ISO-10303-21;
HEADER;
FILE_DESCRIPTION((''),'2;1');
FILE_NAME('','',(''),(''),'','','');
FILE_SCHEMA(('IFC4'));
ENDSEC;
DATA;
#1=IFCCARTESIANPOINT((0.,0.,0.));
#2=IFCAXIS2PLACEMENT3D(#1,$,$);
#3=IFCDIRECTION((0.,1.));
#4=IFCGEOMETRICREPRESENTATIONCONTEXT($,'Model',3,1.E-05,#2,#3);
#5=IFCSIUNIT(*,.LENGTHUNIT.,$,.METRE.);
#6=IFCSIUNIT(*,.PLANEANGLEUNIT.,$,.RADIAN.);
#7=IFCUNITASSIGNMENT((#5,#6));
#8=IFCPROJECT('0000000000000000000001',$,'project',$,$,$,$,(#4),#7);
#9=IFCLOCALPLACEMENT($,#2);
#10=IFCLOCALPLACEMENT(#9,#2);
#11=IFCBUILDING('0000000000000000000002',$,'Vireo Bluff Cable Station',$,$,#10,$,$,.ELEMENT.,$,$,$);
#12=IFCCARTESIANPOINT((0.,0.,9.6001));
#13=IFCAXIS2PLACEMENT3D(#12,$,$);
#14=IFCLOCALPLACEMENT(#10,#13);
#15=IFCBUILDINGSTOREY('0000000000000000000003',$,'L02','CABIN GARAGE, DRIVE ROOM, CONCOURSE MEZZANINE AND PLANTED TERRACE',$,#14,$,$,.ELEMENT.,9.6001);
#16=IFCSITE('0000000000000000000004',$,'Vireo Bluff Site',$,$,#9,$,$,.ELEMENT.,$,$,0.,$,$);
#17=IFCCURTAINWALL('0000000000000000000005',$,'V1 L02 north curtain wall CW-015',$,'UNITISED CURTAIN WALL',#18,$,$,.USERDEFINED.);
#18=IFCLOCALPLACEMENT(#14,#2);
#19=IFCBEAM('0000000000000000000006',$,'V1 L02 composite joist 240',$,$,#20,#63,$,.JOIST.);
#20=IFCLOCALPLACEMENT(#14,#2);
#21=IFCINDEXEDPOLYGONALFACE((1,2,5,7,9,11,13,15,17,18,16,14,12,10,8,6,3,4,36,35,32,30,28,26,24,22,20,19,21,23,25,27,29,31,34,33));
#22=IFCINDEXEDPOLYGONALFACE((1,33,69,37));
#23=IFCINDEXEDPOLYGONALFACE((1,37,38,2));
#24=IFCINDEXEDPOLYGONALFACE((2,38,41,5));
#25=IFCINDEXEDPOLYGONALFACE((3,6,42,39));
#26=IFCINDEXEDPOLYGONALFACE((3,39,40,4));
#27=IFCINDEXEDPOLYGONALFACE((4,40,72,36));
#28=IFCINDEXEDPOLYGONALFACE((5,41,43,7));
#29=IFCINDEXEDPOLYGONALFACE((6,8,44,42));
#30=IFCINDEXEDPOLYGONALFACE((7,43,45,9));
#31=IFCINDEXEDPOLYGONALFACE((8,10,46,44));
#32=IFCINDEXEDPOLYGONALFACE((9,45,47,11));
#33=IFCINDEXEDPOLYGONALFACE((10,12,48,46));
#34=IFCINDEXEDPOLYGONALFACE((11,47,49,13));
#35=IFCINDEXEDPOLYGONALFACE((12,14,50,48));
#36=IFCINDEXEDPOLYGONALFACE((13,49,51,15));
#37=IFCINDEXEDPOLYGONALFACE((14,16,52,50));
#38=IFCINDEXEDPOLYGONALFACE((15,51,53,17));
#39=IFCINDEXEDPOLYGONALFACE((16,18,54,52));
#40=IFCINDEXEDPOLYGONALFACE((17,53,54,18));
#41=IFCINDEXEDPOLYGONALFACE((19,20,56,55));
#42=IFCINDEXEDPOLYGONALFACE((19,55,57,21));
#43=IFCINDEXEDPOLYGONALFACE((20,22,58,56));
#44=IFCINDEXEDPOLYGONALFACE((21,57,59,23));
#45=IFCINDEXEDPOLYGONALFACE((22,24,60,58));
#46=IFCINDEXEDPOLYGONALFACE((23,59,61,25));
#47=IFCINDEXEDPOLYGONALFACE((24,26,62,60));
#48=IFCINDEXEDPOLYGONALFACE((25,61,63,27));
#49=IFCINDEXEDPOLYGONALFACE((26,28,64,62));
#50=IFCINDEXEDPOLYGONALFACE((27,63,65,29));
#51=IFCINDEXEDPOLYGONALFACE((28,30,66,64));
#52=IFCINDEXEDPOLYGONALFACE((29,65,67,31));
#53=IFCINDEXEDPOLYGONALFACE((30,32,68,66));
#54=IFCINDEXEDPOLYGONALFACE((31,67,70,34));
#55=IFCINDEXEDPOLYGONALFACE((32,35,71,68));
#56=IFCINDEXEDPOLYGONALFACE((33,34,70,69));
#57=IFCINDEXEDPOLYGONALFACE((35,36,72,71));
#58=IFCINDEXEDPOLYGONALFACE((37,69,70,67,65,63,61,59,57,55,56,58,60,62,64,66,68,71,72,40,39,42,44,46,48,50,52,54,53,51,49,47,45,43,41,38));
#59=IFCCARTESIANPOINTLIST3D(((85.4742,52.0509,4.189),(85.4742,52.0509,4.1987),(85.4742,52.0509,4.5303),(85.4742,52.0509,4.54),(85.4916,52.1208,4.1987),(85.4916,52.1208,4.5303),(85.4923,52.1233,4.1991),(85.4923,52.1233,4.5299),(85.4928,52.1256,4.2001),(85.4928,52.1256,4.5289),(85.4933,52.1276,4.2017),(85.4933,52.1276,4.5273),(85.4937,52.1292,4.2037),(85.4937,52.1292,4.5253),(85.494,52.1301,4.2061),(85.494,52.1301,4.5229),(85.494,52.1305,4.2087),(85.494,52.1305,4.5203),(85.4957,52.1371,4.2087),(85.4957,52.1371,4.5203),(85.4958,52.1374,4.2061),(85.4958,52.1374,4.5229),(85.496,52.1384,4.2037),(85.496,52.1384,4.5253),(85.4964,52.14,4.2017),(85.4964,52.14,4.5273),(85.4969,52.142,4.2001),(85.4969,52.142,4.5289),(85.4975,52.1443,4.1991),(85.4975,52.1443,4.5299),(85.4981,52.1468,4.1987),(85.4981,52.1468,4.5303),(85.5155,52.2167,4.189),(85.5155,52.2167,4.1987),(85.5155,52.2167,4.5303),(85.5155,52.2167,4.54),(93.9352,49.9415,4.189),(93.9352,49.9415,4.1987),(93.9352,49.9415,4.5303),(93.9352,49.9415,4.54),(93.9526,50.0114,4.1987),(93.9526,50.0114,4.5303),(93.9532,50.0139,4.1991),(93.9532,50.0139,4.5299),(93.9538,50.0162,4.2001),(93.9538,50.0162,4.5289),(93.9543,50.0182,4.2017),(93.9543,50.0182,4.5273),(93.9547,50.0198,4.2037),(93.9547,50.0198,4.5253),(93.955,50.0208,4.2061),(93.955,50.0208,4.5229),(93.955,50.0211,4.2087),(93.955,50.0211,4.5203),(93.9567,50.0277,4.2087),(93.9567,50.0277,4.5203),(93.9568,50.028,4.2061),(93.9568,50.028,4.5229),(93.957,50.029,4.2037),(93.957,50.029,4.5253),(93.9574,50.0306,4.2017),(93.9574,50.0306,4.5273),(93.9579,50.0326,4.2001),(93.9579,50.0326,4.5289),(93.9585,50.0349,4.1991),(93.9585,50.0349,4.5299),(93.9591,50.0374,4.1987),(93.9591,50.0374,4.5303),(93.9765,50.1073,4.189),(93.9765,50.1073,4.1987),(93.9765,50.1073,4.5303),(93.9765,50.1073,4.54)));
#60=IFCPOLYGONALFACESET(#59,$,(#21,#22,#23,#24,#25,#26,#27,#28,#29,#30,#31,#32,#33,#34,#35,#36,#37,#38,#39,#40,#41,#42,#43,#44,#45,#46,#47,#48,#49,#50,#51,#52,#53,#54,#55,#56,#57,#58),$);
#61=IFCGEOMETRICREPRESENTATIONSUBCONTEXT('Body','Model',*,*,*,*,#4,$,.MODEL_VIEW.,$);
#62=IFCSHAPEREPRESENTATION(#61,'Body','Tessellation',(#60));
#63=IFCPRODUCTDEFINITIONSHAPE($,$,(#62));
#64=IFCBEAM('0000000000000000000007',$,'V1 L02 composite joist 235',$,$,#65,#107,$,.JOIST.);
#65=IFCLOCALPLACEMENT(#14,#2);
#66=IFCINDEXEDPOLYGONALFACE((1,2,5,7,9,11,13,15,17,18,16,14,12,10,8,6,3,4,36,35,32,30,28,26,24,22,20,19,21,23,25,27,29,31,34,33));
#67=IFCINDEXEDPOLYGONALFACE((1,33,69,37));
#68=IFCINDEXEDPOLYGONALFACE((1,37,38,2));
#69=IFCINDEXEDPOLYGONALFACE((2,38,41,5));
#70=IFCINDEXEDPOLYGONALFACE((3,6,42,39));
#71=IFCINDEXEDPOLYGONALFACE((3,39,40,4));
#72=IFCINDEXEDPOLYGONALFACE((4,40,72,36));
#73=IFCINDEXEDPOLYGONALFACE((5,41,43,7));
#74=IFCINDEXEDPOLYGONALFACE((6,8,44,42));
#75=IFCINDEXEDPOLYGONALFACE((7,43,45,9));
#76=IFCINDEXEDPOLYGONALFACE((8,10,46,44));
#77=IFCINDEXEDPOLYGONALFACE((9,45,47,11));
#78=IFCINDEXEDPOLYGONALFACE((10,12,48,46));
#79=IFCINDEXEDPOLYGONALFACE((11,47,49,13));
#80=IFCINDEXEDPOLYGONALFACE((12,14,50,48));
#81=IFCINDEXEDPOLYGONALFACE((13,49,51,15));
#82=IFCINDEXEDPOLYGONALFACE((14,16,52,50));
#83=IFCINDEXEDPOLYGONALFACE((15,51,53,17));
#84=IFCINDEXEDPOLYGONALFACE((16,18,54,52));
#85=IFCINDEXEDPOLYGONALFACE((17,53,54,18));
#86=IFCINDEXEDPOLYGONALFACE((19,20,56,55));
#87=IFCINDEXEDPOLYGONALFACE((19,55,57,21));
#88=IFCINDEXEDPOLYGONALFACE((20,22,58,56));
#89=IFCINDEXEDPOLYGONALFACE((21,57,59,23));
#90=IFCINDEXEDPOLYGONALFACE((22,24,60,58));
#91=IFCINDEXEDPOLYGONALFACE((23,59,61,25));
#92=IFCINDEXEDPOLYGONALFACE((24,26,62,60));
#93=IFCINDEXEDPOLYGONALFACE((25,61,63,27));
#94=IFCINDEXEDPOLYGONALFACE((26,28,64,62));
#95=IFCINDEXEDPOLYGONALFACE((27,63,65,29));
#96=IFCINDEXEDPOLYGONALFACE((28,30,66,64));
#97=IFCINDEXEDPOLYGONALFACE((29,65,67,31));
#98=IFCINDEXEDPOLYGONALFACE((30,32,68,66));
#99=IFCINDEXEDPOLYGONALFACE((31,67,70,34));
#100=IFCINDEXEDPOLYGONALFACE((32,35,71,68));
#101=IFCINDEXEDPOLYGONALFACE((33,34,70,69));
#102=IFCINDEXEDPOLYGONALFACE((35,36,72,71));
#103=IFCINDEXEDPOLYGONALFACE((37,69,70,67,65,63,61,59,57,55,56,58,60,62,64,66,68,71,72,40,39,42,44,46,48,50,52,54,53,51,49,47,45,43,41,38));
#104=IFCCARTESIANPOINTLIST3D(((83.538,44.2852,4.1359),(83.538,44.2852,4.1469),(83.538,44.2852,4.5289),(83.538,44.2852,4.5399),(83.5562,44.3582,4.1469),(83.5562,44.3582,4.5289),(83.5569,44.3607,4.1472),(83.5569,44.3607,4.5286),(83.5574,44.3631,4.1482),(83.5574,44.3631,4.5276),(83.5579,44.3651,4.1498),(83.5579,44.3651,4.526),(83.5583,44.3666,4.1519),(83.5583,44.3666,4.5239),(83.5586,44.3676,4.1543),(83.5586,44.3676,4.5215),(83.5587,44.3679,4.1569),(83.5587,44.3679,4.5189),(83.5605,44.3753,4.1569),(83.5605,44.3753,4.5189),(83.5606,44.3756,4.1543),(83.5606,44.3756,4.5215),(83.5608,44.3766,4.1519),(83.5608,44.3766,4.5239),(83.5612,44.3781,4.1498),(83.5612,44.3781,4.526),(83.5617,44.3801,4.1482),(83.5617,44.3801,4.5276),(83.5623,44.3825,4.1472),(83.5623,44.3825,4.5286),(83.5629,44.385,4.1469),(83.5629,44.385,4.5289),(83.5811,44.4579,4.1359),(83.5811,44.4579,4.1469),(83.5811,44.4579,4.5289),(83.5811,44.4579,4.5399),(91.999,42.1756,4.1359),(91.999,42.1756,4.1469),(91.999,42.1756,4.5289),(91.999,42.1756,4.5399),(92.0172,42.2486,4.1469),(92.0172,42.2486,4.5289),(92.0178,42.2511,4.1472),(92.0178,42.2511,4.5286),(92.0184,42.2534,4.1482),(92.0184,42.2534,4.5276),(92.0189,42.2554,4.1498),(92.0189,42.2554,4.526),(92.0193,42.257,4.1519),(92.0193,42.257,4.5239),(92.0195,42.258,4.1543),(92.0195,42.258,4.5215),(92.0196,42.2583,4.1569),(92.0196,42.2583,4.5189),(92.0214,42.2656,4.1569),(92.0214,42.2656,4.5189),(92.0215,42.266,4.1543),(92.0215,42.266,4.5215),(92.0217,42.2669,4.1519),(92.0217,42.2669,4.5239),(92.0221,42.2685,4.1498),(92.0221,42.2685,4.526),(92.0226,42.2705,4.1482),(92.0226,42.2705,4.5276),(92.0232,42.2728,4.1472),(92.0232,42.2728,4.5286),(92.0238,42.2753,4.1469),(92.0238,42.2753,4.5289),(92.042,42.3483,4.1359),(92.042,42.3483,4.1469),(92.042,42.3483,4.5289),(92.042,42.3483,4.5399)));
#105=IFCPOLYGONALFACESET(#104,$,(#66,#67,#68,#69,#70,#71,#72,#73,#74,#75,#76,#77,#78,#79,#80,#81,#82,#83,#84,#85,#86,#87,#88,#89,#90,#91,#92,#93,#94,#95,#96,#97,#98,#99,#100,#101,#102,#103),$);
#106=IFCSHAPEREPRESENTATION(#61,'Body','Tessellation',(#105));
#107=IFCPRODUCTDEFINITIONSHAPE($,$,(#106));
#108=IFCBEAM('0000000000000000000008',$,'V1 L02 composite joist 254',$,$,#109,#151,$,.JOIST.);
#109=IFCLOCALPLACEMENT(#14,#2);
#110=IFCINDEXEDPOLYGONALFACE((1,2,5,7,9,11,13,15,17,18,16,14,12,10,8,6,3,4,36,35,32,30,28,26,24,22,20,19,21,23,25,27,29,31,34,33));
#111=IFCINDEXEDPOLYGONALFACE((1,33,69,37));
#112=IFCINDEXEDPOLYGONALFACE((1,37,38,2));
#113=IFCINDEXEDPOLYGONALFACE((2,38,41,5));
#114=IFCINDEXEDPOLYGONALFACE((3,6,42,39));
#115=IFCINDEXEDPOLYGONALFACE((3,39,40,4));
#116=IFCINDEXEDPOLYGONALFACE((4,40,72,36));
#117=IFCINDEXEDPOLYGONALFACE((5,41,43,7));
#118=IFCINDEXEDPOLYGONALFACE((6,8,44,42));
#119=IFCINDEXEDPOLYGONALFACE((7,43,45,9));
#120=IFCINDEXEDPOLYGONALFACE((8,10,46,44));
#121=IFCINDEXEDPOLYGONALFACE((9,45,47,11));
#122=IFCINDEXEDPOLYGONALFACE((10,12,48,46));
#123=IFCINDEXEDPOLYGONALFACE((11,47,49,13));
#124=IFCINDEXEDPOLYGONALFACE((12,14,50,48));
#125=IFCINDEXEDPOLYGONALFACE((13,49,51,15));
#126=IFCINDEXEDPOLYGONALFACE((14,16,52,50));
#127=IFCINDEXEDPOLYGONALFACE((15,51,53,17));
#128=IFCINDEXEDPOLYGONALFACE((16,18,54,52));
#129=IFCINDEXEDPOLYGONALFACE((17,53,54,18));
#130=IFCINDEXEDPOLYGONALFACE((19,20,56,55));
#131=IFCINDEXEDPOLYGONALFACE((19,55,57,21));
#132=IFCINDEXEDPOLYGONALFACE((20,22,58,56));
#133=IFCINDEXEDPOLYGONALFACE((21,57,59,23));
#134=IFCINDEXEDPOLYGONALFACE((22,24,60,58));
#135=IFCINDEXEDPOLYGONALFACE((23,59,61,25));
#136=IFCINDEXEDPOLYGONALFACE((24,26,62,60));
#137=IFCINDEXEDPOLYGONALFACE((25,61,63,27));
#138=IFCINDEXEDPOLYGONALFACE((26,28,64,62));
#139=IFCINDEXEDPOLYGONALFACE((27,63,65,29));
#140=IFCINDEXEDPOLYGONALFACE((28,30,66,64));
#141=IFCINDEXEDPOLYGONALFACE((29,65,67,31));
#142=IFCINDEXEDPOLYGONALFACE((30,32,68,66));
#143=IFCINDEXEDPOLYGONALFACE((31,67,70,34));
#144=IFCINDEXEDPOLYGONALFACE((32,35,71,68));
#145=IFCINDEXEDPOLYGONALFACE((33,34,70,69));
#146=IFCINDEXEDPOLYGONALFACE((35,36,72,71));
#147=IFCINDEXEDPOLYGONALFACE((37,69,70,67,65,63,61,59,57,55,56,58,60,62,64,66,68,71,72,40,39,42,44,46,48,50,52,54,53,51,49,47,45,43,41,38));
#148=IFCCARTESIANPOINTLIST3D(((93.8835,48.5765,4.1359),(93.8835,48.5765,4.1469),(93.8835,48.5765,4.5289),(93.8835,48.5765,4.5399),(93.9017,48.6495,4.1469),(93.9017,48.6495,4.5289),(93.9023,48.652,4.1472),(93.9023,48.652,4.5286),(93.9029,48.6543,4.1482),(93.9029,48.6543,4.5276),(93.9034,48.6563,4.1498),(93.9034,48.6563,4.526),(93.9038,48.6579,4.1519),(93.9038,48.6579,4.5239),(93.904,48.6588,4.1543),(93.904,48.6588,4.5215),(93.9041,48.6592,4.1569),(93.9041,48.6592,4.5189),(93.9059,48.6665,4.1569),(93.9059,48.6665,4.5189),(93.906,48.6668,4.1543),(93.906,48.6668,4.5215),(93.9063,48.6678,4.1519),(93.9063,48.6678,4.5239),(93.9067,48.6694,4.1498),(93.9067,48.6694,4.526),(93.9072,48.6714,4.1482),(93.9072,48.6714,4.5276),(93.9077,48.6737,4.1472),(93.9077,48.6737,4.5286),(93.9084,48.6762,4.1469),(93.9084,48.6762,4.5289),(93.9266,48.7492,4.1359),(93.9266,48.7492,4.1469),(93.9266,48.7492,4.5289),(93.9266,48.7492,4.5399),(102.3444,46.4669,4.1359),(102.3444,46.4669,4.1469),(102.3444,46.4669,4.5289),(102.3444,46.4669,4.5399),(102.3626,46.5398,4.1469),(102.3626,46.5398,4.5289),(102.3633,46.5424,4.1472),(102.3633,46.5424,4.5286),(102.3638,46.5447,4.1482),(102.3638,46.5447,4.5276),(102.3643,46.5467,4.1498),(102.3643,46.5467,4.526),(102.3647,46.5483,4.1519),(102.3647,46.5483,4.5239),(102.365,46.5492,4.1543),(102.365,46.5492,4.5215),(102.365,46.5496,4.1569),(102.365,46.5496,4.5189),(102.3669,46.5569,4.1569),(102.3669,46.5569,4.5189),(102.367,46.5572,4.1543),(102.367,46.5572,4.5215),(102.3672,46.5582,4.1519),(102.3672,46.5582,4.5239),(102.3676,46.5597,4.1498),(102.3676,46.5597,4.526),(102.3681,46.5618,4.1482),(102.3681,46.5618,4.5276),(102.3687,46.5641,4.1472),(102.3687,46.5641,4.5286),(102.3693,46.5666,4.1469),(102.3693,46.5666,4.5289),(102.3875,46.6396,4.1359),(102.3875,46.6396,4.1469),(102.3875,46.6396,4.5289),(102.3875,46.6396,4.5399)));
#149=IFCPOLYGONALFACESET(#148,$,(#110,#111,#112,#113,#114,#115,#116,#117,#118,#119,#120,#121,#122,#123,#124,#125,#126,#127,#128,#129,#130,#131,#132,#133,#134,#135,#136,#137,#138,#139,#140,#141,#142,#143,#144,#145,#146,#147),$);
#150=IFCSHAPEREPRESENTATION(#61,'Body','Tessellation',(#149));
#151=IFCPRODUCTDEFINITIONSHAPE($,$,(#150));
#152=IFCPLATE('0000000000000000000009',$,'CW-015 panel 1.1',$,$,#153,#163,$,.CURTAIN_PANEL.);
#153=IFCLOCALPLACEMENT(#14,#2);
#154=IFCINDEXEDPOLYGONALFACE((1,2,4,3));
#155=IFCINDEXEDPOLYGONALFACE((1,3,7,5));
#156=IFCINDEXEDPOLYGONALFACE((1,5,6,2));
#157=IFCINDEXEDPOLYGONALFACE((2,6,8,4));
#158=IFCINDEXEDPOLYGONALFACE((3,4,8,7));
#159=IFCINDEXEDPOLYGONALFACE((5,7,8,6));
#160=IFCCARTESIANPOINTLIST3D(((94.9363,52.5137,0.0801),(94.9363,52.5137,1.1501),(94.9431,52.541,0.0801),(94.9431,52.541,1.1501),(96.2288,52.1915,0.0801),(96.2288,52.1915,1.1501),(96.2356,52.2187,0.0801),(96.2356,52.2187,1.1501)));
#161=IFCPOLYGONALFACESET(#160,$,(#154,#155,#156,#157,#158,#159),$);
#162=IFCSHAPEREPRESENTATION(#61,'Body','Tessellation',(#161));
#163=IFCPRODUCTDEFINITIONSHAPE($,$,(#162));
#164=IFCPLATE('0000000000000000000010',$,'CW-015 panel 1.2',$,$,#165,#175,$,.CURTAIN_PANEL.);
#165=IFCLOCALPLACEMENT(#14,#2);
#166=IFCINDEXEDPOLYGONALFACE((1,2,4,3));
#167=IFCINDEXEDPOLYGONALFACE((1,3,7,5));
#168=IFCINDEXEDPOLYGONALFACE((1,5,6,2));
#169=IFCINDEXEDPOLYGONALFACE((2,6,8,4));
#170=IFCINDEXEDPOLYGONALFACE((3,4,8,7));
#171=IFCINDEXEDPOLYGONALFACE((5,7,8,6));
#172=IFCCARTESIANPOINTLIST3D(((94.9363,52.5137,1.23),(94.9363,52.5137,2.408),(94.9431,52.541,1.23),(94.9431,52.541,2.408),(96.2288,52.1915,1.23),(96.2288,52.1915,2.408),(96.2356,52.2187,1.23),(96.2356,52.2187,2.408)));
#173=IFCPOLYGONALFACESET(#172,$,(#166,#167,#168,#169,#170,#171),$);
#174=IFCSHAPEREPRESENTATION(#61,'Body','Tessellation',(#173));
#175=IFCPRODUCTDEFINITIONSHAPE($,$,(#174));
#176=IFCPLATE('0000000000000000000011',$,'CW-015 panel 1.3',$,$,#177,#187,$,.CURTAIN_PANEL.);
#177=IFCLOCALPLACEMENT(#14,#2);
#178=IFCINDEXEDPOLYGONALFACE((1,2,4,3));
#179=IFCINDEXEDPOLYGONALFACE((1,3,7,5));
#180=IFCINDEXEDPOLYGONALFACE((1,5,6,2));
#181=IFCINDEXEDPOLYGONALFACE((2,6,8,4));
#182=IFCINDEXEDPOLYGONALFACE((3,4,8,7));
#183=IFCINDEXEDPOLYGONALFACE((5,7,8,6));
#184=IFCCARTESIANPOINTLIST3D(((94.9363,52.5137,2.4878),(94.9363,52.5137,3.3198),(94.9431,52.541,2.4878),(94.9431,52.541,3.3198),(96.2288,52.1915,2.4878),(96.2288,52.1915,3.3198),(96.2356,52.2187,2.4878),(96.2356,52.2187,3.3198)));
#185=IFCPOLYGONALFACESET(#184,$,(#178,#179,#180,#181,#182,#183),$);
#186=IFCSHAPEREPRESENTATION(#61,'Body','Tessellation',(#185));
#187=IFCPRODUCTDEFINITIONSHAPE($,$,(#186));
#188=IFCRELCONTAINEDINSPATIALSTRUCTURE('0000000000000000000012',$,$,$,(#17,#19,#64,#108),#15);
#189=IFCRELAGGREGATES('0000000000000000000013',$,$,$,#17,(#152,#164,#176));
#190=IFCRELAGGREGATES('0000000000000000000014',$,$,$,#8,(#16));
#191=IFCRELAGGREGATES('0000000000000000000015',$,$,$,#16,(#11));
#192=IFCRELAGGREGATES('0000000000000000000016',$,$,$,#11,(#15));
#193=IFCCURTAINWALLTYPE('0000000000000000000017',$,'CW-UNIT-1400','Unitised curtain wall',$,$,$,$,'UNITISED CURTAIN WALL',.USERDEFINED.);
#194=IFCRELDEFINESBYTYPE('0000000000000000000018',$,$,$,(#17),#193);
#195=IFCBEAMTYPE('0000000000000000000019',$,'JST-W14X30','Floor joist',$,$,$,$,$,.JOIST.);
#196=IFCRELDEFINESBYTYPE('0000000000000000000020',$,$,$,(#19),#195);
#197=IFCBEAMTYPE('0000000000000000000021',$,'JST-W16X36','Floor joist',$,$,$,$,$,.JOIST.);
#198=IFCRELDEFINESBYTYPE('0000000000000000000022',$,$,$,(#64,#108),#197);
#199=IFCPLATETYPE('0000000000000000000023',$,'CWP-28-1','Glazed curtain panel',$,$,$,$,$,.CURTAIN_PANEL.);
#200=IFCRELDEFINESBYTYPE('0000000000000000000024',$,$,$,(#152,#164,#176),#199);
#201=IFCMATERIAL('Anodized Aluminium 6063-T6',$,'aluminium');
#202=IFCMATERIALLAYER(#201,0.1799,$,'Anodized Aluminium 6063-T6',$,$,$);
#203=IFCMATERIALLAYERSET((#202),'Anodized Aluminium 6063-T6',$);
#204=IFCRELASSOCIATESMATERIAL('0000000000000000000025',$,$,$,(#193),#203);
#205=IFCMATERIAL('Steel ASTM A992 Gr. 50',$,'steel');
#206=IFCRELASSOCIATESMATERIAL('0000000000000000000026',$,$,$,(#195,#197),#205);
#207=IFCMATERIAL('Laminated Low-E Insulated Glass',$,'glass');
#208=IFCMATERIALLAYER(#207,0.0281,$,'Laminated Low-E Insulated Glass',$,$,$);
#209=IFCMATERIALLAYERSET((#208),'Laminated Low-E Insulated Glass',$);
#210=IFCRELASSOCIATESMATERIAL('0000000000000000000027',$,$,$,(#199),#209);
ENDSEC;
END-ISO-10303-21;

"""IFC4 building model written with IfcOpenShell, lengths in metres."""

from ifc_helpers import new_model, si_unit, direction, frame, origin, origin_2d, place, context, subcontext, project, spatial, rectangle, i_section, extrude, material, layer, layer_set, material_profile, profile_set, type_object, element, aggregate, save


model = new_model("IFC4")

# Units and contexts
model_context = context("Model", 3, precision=1e-05, world=origin(), true_north=direction((0.0, 1.0)))
body_context = subcontext(model_context, "Body", "Model", "MODEL_VIEW")
ifc_project = project(units=[si_unit("LENGTHUNIT", "METRE"), si_unit("PLANEANGLEUNIT", "RADIAN")], contexts=[model_context])

# Site, building, storey
site_placement = place(None, origin())
site = spatial("IfcSite", under=ifc_project, at=site_placement, Name="Vireo Bluff Site", CompositionType="ELEMENT", RefElevation=0.0)
building_placement = place(site_placement, origin())
building = spatial("IfcBuilding", under=site, at=building_placement, Name="Vireo Bluff Cable Station", CompositionType="ELEMENT")
storey_placement = place(building_placement, frame((0.0, 0.0, 9.6001)))
storey = spatial("IfcBuildingStorey", under=building, at=storey_placement, Name="L02", Description="CABIN GARAGE, DRIVE ROOM, CONCOURSE MEZZANINE AND PLANTED TERRACE", CompositionType="ELEMENT", Elevation=9.6001)

# Shared definitions
ifc_material_1 = material(Name="Steel ASTM A992 Gr. 50", Category="steel")

# Curtain wall
ifc_material_2 = material(Name="Anodized Aluminium 6063-T6", Category="aluminium")
ifc_layer_1 = layer(ifc_material_2, 0.1799, Name="Anodized Aluminium 6063-T6")
ifc_layer_set_1 = layer_set([ifc_layer_1], Name="Anodized Aluminium 6063-T6")
curtain_wall_type = type_object("IfcCurtainWallType", Name="CW-UNIT-1400", Description="Unitised curtain wall", ElementType="UNITISED CURTAIN WALL", PredefinedType="USERDEFINED", material=ifc_layer_set_1)
curtain_wall_placement = place(storey_placement, origin())
curtain_wall = element("IfcCurtainWall", 1, at=curtain_wall_placement, inside=storey, type_object=curtain_wall_type, Name="V1 L02 north curtain wall CW-015", ObjectType="UNITISED CURTAIN WALL", PredefinedType="USERDEFINED")

# Beams
ifc_material_profile_1 = material_profile(ifc_material_1, i_section(OverallWidth=0.1709, OverallDepth=0.3511, WebThickness=0.0068, FlangeThickness=0.0098, FilletRadius=0.01, at=origin_2d()), Name="W14X30")
ifc_profile_set_1 = profile_set([ifc_material_profile_1], Name="Steel ASTM A992 Gr. 50")
beam_type_1 = type_object("IfcBeamType", Name="JST-W14X30", Description="Floor joist", PredefinedType="JOIST", material=ifc_profile_set_1)
for number, where, z_axis, x_axis, name in (
    (2, (85.4949, 52.1338, 4.3645), (0.9703, -0.241903, 0.0), (0.241903, 0.9703, 0.0), "V1 L02 composite joist 240"),
):
    element("IfcBeam", number, at=place(storey_placement, frame(where, z_axis=z_axis, x_axis=x_axis)), inside=storey, type_object=beam_type_1, Name=name, PredefinedType="JOIST", context=body_context, shape_type="SweptSolid", body=[
        extrude(i_section(OverallWidth=0.1709, OverallDepth=0.3511, WebThickness=0.0068, FlangeThickness=0.0098, FilletRadius=0.01, at=origin_2d()), origin(), (0.0, 0.0, 1.0), 8.72),
    ])
ifc_material_profile_2 = material_profile(ifc_material_1, i_section(OverallWidth=0.178, OverallDepth=0.4041, WebThickness=0.0076, FlangeThickness=0.011, FilletRadius=0.01, at=origin_2d()), Name="W16X36")
ifc_profile_set_2 = profile_set([ifc_material_profile_2], Name="Steel ASTM A992 Gr. 50")
beam_type_2 = type_object("IfcBeamType", Name="JST-W16X36", Description="Floor joist", PredefinedType="JOIST", material=ifc_profile_set_2)
for number, where, z_axis, x_axis, name in (
    (3, (83.5596, 44.3716, 4.3379), (0.970294, -0.24193, 0.0), (0.24193, 0.970294, 0.0), "V1 L02 composite joist 235"),
    (4, (93.905, 48.6628, 4.3379), (0.970294, -0.24193, 0.0), (0.24193, 0.970294, 0.0), "V1 L02 composite joist 254"),
):
    element("IfcBeam", number, at=place(storey_placement, frame(where, z_axis=z_axis, x_axis=x_axis)), inside=storey, type_object=beam_type_2, Name=name, PredefinedType="JOIST", context=body_context, shape_type="SweptSolid", body=[
        extrude(i_section(OverallWidth=0.178, OverallDepth=0.4041, WebThickness=0.0076, FlangeThickness=0.011, FilletRadius=0.01, at=origin_2d()), origin(), (0.0, 0.0, 1.0), 8.72),
    ])

# Plates
ifc_material_3 = material(Name="Laminated Low-E Insulated Glass", Category="glass")
ifc_layer_2 = layer(ifc_material_3, 0.0281, Name="Laminated Low-E Insulated Glass")
ifc_layer_set_2 = layer_set([ifc_layer_2], Name="Laminated Low-E Insulated Glass")
plate_type = type_object("IfcPlateType", Name="CWP-28-1", Description="Glazed curtain panel", PredefinedType="CURTAIN_PANEL", material=ifc_layer_set_2)
plate_1_placement = place(storey_placement, frame((95.5859, 52.3662, 0.0801), z_axis=(0.0, 0.0, 1.0), x_axis=(0.970296, -0.241922, 0.0)))
plate_1 = element("IfcPlate", 5, at=plate_1_placement, type_object=plate_type, Name="CW-015 panel 1.1", PredefinedType="CURTAIN_PANEL", context=body_context, shape_type="SweptSolid", body=[
    extrude(rectangle(XDim=1.332, YDim=0.0281, at=origin_2d()), origin(), (0.0, 0.0, 1.0), 1.0701),
])
plate_2_placement = place(storey_placement, frame((95.5859, 52.3662, 1.23), z_axis=(0.0, 0.0, 1.0), x_axis=(0.970296, -0.241922, 0.0)))
plate_2 = element("IfcPlate", 6, at=plate_2_placement, type_object=plate_type, Name="CW-015 panel 1.2", PredefinedType="CURTAIN_PANEL", context=body_context, shape_type="SweptSolid", body=[
    extrude(rectangle(XDim=1.332, YDim=0.0281, at=origin_2d()), origin(), (0.0, 0.0, 1.0), 1.178),
])
plate_3_placement = place(storey_placement, frame((95.5859, 52.3662, 2.4878), z_axis=(0.0, 0.0, 1.0), x_axis=(0.970296, -0.241922, 0.0)))
plate_3 = element("IfcPlate", 7, at=plate_3_placement, type_object=plate_type, Name="CW-015 panel 1.3", PredefinedType="CURTAIN_PANEL", context=body_context, shape_type="SweptSolid", body=[
    extrude(rectangle(XDim=1.332, YDim=0.0281, at=origin_2d()), origin(), (0.0, 0.0, 1.0), 0.832),
])
aggregate(curtain_wall, [plate_1, plate_2, plate_3])

save(model, "model.ifc")
